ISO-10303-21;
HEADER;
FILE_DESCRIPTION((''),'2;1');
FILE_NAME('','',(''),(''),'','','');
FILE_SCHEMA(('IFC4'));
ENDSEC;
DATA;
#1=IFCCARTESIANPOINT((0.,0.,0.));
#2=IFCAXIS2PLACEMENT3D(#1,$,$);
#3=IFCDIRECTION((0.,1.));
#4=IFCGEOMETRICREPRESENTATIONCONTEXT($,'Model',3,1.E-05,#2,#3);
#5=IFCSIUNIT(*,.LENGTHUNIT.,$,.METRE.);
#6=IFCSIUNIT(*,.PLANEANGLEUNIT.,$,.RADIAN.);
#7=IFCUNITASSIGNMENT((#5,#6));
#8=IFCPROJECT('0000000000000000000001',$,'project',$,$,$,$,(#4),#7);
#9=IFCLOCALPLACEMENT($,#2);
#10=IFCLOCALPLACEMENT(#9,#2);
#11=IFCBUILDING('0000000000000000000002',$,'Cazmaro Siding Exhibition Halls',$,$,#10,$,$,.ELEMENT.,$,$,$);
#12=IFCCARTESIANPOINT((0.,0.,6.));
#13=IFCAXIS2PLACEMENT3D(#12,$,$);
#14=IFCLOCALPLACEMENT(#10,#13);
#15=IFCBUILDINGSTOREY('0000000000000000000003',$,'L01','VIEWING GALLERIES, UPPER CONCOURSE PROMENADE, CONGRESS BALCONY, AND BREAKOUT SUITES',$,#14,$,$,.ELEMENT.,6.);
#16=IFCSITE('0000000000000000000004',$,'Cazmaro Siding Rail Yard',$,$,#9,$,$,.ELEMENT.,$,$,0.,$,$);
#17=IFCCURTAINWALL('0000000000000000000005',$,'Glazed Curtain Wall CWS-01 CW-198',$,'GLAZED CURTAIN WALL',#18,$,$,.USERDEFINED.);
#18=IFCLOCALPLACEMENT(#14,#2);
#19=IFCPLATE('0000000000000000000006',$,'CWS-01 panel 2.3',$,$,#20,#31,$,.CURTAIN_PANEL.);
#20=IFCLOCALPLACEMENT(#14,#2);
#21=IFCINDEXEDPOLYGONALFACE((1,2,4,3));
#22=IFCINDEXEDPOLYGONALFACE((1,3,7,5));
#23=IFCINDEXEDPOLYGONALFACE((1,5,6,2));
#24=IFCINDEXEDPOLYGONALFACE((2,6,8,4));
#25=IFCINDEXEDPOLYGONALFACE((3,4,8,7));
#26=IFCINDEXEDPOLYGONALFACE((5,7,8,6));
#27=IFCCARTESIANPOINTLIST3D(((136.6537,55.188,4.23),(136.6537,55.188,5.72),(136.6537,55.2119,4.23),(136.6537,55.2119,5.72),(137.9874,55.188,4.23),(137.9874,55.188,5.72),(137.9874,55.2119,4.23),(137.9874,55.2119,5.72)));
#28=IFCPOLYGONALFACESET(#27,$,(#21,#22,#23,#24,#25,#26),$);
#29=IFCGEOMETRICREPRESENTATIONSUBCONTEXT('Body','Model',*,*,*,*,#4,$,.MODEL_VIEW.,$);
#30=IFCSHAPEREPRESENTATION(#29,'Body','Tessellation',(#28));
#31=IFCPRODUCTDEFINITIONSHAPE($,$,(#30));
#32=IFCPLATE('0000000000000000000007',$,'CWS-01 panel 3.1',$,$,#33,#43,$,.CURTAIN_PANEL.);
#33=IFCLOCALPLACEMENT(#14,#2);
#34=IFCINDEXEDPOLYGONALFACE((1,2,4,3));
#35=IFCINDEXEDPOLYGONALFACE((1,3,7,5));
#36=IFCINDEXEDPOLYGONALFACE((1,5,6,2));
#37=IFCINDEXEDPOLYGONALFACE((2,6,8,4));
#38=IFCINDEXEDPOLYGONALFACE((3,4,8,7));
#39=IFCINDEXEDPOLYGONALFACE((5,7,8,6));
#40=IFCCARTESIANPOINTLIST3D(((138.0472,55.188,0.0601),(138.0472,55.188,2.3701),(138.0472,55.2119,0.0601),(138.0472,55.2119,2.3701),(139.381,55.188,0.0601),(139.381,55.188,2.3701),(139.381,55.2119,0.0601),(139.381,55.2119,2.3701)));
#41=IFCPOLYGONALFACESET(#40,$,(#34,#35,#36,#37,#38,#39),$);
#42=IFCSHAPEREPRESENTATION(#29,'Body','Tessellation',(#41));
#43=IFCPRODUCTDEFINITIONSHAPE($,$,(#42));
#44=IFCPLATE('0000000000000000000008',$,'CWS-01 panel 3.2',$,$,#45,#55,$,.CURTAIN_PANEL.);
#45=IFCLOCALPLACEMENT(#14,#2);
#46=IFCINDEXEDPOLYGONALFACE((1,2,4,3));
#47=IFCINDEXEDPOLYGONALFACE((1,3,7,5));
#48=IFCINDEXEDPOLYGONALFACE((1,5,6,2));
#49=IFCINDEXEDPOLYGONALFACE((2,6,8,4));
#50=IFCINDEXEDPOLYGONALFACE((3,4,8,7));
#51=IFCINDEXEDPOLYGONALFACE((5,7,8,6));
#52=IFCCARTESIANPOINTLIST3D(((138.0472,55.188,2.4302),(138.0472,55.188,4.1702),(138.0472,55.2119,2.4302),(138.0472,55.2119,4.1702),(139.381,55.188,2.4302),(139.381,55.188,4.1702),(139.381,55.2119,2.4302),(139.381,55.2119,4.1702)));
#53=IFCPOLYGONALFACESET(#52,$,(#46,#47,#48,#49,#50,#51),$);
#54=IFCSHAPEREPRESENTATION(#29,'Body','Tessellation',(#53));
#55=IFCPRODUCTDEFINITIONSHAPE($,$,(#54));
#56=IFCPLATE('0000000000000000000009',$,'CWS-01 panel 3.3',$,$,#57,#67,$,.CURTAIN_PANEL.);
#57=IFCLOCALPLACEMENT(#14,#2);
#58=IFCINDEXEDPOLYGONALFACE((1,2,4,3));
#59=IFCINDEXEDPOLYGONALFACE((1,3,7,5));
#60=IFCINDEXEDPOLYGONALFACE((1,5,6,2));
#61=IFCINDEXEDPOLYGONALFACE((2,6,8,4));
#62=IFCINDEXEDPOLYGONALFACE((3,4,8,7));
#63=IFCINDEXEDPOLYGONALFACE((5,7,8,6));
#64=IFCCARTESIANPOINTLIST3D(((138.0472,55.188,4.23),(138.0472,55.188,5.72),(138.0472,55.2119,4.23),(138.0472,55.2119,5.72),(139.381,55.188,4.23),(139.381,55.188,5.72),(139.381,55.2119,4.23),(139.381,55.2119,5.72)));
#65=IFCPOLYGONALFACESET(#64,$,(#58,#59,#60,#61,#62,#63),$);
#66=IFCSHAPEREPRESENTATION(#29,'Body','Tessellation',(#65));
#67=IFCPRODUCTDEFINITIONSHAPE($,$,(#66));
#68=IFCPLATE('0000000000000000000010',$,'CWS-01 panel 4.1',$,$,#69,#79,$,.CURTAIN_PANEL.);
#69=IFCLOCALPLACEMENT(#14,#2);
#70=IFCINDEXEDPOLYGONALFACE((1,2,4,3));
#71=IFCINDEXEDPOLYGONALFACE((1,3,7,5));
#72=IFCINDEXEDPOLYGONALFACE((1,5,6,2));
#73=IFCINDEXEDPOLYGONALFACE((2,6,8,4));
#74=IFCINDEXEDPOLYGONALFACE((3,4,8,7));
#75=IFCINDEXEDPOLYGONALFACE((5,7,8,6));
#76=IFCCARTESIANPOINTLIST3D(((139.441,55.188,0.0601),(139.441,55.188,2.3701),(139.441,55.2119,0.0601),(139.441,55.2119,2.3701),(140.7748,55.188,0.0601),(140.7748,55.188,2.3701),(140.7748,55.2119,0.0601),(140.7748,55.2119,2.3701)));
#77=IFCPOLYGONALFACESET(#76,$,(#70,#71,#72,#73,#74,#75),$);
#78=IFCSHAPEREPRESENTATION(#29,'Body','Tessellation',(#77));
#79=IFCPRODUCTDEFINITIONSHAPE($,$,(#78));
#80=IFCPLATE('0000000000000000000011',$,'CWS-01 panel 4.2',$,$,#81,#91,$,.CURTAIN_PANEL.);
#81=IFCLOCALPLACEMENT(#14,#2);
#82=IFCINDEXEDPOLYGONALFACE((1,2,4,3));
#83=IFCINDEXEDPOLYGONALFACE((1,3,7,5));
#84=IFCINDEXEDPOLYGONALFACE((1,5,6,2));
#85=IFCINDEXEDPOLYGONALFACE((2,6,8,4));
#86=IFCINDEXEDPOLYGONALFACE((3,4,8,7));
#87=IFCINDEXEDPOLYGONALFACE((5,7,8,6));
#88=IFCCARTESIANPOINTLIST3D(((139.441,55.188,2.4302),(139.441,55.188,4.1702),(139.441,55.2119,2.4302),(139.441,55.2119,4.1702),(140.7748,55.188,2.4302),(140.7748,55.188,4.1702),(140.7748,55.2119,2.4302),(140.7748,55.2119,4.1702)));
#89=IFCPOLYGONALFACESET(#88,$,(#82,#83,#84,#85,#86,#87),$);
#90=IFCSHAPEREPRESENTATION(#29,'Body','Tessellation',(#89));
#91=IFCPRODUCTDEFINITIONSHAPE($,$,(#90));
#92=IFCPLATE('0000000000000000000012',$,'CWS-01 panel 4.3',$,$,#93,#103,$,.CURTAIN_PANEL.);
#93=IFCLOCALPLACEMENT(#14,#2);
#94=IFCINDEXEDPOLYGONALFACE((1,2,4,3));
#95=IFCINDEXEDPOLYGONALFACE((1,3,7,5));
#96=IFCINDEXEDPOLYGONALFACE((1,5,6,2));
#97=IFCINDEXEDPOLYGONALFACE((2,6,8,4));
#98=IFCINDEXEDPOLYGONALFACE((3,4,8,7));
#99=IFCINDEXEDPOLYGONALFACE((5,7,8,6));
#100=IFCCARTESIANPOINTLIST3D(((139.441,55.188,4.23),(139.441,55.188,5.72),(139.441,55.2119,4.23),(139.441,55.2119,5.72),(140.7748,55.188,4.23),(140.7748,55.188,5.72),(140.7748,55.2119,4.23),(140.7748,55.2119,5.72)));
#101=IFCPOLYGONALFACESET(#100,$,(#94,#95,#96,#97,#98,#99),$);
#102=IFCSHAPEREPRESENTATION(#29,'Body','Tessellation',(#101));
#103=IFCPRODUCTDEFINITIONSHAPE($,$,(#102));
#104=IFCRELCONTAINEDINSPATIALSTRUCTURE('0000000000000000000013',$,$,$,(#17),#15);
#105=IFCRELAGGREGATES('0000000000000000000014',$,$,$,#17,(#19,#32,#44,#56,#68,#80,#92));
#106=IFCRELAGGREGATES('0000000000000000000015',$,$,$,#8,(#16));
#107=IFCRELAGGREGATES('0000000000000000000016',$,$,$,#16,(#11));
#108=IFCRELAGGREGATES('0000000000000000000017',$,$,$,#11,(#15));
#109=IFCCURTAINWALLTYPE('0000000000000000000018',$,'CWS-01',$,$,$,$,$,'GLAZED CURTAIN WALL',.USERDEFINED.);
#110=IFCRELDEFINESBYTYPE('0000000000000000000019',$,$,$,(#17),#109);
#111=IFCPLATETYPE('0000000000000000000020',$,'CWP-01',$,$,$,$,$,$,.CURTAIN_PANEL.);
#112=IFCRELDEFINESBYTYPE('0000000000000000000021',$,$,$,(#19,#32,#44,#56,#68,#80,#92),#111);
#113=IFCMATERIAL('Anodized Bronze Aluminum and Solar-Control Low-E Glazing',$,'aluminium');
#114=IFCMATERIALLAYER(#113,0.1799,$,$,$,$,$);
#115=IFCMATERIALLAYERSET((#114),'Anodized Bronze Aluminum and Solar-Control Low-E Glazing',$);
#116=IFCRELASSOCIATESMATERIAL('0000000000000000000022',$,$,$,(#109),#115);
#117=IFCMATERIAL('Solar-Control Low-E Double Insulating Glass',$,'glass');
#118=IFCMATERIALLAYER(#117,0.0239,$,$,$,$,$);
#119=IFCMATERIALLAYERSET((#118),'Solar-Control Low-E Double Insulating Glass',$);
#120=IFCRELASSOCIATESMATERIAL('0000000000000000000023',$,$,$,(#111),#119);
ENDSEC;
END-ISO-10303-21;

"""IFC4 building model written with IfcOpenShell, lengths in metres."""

from ifc_helpers import new_model, si_unit, direction, frame, origin, origin_2d, place, context, subcontext, project, spatial, rectangle, extrude, material, layer, layer_set, type_object, element, aggregate, save


model = new_model("IFC4")

# Units and contexts
model_context = context("Model", 3, precision=1e-05, world=origin(), true_north=direction((0.0, 1.0)))
body_context = subcontext(model_context, "Body", "Model", "MODEL_VIEW")
ifc_project = project(units=[si_unit("LENGTHUNIT", "METRE"), si_unit("PLANEANGLEUNIT", "RADIAN")], contexts=[model_context])

# Site, building, storey
site_placement = place(None, origin())
site = spatial("IfcSite", under=ifc_project, at=site_placement, Name="Cazmaro Siding Rail Yard", CompositionType="ELEMENT", RefElevation=0.0)
building_placement = place(site_placement, origin())
building = spatial("IfcBuilding", under=site, at=building_placement, Name="Cazmaro Siding Exhibition Halls", CompositionType="ELEMENT")
storey_placement = place(building_placement, frame((0.0, 0.0, 6.0)))
storey = spatial("IfcBuildingStorey", under=building, at=storey_placement, Name="L01", Description="VIEWING GALLERIES, UPPER CONCOURSE PROMENADE, CONGRESS BALCONY, AND BREAKOUT SUITES", CompositionType="ELEMENT", Elevation=6.0)

# Curtain wall, plates
ifc_material_1 = material(Name="Anodized Bronze Aluminum and Solar-Control Low-E Glazing", Category="aluminium")
ifc_layer_1 = layer(ifc_material_1, 0.1799)
ifc_layer_set_1 = layer_set([ifc_layer_1], Name="Anodized Bronze Aluminum and Solar-Control Low-E Glazing")
curtain_wall_type = type_object("IfcCurtainWallType", Name="CWS-01", ElementType="GLAZED CURTAIN WALL", PredefinedType="USERDEFINED", material=ifc_layer_set_1)
curtain_wall_placement = place(storey_placement, origin())
curtain_wall = element("IfcCurtainWall", 1, at=curtain_wall_placement, inside=storey, type_object=curtain_wall_type, Name="Glazed Curtain Wall CWS-01 CW-198", ObjectType="GLAZED CURTAIN WALL", PredefinedType="USERDEFINED")
ifc_material_2 = material(Name="Solar-Control Low-E Double Insulating Glass", Category="glass")
ifc_layer_2 = layer(ifc_material_2, 0.0239)
ifc_layer_set_2 = layer_set([ifc_layer_2], Name="Solar-Control Low-E Double Insulating Glass")
plate_type = type_object("IfcPlateType", Name="CWP-01", PredefinedType="CURTAIN_PANEL", material=ifc_layer_set_2)
plate_1_placement = place(storey_placement, frame((137.3206, 55.2, 4.23), z_axis=(0.0, 0.0, 1.0), x_axis=(1.0, 0.0, 0.0)))
plate_1 = element("IfcPlate", 2, at=plate_1_placement, type_object=plate_type, Name="CWS-01 panel 2.3", PredefinedType="CURTAIN_PANEL", context=body_context, shape_type="SweptSolid", body=[
    extrude(rectangle(XDim=1.3337, YDim=0.0239, at=origin_2d()), origin(), (0.0, 0.0, 1.0), 1.49),
])
plate_2_placement = place(storey_placement, frame((138.7141, 55.2, 0.0601), z_axis=(0.0, 0.0, 1.0), x_axis=(1.0, 0.0, 0.0)))
plate_2 = element("IfcPlate", 3, at=plate_2_placement, type_object=plate_type, Name="CWS-01 panel 3.1", PredefinedType="CURTAIN_PANEL", context=body_context, shape_type="SweptSolid", body=[
    extrude(rectangle(XDim=1.3337, YDim=0.0239, at=origin_2d()), origin(), (0.0, 0.0, 1.0), 2.3101),
])
plate_3_placement = place(storey_placement, frame((138.7141, 55.2, 2.4302), z_axis=(0.0, 0.0, 1.0), x_axis=(1.0, 0.0, 0.0)))
plate_3 = element("IfcPlate", 4, at=plate_3_placement, type_object=plate_type, Name="CWS-01 panel 3.2", PredefinedType="CURTAIN_PANEL", context=body_context, shape_type="SweptSolid", body=[
    extrude(rectangle(XDim=1.3337, YDim=0.0239, at=origin_2d()), origin(), (0.0, 0.0, 1.0), 1.74),
])
plate_4_placement = place(storey_placement, frame((138.7141, 55.2, 4.23), z_axis=(0.0, 0.0, 1.0), x_axis=(1.0, 0.0, 0.0)))
plate_4 = element("IfcPlate", 5, at=plate_4_placement, type_object=plate_type, Name="CWS-01 panel 3.3", PredefinedType="CURTAIN_PANEL", context=body_context, shape_type="SweptSolid", body=[
    extrude(rectangle(XDim=1.3337, YDim=0.0239, at=origin_2d()), origin(), (0.0, 0.0, 1.0), 1.49),
])
plate_5_placement = place(storey_placement, frame((140.1079, 55.2, 0.0601), z_axis=(0.0, 0.0, 1.0), x_axis=(1.0, 0.0, 0.0)))
plate_5 = element("IfcPlate", 6, at=plate_5_placement, type_object=plate_type, Name="CWS-01 panel 4.1", PredefinedType="CURTAIN_PANEL", context=body_context, shape_type="SweptSolid", body=[
    extrude(rectangle(XDim=1.3337, YDim=0.0239, at=origin_2d()), origin(), (0.0, 0.0, 1.0), 2.3101),
])
plate_6_placement = place(storey_placement, frame((140.1079, 55.2, 2.4302), z_axis=(0.0, 0.0, 1.0), x_axis=(1.0, 0.0, 0.0)))
plate_6 = element("IfcPlate", 7, at=plate_6_placement, type_object=plate_type, Name="CWS-01 panel 4.2", PredefinedType="CURTAIN_PANEL", context=body_context, shape_type="SweptSolid", body=[
    extrude(rectangle(XDim=1.3337, YDim=0.0239, at=origin_2d()), origin(), (0.0, 0.0, 1.0), 1.74),
])
plate_7_placement = place(storey_placement, frame((140.1079, 55.2, 4.23), z_axis=(0.0, 0.0, 1.0), x_axis=(1.0, 0.0, 0.0)))
plate_7 = element("IfcPlate", 8, at=plate_7_placement, type_object=plate_type, Name="CWS-01 panel 4.3", PredefinedType="CURTAIN_PANEL", context=body_context, shape_type="SweptSolid", body=[
    extrude(rectangle(XDim=1.3337, YDim=0.0239, at=origin_2d()), origin(), (0.0, 0.0, 1.0), 1.49),
])
aggregate(curtain_wall, [plate_1, plate_2, plate_3, plate_4, plate_5, plate_6, plate_7])

save(model, "model.ifc")
